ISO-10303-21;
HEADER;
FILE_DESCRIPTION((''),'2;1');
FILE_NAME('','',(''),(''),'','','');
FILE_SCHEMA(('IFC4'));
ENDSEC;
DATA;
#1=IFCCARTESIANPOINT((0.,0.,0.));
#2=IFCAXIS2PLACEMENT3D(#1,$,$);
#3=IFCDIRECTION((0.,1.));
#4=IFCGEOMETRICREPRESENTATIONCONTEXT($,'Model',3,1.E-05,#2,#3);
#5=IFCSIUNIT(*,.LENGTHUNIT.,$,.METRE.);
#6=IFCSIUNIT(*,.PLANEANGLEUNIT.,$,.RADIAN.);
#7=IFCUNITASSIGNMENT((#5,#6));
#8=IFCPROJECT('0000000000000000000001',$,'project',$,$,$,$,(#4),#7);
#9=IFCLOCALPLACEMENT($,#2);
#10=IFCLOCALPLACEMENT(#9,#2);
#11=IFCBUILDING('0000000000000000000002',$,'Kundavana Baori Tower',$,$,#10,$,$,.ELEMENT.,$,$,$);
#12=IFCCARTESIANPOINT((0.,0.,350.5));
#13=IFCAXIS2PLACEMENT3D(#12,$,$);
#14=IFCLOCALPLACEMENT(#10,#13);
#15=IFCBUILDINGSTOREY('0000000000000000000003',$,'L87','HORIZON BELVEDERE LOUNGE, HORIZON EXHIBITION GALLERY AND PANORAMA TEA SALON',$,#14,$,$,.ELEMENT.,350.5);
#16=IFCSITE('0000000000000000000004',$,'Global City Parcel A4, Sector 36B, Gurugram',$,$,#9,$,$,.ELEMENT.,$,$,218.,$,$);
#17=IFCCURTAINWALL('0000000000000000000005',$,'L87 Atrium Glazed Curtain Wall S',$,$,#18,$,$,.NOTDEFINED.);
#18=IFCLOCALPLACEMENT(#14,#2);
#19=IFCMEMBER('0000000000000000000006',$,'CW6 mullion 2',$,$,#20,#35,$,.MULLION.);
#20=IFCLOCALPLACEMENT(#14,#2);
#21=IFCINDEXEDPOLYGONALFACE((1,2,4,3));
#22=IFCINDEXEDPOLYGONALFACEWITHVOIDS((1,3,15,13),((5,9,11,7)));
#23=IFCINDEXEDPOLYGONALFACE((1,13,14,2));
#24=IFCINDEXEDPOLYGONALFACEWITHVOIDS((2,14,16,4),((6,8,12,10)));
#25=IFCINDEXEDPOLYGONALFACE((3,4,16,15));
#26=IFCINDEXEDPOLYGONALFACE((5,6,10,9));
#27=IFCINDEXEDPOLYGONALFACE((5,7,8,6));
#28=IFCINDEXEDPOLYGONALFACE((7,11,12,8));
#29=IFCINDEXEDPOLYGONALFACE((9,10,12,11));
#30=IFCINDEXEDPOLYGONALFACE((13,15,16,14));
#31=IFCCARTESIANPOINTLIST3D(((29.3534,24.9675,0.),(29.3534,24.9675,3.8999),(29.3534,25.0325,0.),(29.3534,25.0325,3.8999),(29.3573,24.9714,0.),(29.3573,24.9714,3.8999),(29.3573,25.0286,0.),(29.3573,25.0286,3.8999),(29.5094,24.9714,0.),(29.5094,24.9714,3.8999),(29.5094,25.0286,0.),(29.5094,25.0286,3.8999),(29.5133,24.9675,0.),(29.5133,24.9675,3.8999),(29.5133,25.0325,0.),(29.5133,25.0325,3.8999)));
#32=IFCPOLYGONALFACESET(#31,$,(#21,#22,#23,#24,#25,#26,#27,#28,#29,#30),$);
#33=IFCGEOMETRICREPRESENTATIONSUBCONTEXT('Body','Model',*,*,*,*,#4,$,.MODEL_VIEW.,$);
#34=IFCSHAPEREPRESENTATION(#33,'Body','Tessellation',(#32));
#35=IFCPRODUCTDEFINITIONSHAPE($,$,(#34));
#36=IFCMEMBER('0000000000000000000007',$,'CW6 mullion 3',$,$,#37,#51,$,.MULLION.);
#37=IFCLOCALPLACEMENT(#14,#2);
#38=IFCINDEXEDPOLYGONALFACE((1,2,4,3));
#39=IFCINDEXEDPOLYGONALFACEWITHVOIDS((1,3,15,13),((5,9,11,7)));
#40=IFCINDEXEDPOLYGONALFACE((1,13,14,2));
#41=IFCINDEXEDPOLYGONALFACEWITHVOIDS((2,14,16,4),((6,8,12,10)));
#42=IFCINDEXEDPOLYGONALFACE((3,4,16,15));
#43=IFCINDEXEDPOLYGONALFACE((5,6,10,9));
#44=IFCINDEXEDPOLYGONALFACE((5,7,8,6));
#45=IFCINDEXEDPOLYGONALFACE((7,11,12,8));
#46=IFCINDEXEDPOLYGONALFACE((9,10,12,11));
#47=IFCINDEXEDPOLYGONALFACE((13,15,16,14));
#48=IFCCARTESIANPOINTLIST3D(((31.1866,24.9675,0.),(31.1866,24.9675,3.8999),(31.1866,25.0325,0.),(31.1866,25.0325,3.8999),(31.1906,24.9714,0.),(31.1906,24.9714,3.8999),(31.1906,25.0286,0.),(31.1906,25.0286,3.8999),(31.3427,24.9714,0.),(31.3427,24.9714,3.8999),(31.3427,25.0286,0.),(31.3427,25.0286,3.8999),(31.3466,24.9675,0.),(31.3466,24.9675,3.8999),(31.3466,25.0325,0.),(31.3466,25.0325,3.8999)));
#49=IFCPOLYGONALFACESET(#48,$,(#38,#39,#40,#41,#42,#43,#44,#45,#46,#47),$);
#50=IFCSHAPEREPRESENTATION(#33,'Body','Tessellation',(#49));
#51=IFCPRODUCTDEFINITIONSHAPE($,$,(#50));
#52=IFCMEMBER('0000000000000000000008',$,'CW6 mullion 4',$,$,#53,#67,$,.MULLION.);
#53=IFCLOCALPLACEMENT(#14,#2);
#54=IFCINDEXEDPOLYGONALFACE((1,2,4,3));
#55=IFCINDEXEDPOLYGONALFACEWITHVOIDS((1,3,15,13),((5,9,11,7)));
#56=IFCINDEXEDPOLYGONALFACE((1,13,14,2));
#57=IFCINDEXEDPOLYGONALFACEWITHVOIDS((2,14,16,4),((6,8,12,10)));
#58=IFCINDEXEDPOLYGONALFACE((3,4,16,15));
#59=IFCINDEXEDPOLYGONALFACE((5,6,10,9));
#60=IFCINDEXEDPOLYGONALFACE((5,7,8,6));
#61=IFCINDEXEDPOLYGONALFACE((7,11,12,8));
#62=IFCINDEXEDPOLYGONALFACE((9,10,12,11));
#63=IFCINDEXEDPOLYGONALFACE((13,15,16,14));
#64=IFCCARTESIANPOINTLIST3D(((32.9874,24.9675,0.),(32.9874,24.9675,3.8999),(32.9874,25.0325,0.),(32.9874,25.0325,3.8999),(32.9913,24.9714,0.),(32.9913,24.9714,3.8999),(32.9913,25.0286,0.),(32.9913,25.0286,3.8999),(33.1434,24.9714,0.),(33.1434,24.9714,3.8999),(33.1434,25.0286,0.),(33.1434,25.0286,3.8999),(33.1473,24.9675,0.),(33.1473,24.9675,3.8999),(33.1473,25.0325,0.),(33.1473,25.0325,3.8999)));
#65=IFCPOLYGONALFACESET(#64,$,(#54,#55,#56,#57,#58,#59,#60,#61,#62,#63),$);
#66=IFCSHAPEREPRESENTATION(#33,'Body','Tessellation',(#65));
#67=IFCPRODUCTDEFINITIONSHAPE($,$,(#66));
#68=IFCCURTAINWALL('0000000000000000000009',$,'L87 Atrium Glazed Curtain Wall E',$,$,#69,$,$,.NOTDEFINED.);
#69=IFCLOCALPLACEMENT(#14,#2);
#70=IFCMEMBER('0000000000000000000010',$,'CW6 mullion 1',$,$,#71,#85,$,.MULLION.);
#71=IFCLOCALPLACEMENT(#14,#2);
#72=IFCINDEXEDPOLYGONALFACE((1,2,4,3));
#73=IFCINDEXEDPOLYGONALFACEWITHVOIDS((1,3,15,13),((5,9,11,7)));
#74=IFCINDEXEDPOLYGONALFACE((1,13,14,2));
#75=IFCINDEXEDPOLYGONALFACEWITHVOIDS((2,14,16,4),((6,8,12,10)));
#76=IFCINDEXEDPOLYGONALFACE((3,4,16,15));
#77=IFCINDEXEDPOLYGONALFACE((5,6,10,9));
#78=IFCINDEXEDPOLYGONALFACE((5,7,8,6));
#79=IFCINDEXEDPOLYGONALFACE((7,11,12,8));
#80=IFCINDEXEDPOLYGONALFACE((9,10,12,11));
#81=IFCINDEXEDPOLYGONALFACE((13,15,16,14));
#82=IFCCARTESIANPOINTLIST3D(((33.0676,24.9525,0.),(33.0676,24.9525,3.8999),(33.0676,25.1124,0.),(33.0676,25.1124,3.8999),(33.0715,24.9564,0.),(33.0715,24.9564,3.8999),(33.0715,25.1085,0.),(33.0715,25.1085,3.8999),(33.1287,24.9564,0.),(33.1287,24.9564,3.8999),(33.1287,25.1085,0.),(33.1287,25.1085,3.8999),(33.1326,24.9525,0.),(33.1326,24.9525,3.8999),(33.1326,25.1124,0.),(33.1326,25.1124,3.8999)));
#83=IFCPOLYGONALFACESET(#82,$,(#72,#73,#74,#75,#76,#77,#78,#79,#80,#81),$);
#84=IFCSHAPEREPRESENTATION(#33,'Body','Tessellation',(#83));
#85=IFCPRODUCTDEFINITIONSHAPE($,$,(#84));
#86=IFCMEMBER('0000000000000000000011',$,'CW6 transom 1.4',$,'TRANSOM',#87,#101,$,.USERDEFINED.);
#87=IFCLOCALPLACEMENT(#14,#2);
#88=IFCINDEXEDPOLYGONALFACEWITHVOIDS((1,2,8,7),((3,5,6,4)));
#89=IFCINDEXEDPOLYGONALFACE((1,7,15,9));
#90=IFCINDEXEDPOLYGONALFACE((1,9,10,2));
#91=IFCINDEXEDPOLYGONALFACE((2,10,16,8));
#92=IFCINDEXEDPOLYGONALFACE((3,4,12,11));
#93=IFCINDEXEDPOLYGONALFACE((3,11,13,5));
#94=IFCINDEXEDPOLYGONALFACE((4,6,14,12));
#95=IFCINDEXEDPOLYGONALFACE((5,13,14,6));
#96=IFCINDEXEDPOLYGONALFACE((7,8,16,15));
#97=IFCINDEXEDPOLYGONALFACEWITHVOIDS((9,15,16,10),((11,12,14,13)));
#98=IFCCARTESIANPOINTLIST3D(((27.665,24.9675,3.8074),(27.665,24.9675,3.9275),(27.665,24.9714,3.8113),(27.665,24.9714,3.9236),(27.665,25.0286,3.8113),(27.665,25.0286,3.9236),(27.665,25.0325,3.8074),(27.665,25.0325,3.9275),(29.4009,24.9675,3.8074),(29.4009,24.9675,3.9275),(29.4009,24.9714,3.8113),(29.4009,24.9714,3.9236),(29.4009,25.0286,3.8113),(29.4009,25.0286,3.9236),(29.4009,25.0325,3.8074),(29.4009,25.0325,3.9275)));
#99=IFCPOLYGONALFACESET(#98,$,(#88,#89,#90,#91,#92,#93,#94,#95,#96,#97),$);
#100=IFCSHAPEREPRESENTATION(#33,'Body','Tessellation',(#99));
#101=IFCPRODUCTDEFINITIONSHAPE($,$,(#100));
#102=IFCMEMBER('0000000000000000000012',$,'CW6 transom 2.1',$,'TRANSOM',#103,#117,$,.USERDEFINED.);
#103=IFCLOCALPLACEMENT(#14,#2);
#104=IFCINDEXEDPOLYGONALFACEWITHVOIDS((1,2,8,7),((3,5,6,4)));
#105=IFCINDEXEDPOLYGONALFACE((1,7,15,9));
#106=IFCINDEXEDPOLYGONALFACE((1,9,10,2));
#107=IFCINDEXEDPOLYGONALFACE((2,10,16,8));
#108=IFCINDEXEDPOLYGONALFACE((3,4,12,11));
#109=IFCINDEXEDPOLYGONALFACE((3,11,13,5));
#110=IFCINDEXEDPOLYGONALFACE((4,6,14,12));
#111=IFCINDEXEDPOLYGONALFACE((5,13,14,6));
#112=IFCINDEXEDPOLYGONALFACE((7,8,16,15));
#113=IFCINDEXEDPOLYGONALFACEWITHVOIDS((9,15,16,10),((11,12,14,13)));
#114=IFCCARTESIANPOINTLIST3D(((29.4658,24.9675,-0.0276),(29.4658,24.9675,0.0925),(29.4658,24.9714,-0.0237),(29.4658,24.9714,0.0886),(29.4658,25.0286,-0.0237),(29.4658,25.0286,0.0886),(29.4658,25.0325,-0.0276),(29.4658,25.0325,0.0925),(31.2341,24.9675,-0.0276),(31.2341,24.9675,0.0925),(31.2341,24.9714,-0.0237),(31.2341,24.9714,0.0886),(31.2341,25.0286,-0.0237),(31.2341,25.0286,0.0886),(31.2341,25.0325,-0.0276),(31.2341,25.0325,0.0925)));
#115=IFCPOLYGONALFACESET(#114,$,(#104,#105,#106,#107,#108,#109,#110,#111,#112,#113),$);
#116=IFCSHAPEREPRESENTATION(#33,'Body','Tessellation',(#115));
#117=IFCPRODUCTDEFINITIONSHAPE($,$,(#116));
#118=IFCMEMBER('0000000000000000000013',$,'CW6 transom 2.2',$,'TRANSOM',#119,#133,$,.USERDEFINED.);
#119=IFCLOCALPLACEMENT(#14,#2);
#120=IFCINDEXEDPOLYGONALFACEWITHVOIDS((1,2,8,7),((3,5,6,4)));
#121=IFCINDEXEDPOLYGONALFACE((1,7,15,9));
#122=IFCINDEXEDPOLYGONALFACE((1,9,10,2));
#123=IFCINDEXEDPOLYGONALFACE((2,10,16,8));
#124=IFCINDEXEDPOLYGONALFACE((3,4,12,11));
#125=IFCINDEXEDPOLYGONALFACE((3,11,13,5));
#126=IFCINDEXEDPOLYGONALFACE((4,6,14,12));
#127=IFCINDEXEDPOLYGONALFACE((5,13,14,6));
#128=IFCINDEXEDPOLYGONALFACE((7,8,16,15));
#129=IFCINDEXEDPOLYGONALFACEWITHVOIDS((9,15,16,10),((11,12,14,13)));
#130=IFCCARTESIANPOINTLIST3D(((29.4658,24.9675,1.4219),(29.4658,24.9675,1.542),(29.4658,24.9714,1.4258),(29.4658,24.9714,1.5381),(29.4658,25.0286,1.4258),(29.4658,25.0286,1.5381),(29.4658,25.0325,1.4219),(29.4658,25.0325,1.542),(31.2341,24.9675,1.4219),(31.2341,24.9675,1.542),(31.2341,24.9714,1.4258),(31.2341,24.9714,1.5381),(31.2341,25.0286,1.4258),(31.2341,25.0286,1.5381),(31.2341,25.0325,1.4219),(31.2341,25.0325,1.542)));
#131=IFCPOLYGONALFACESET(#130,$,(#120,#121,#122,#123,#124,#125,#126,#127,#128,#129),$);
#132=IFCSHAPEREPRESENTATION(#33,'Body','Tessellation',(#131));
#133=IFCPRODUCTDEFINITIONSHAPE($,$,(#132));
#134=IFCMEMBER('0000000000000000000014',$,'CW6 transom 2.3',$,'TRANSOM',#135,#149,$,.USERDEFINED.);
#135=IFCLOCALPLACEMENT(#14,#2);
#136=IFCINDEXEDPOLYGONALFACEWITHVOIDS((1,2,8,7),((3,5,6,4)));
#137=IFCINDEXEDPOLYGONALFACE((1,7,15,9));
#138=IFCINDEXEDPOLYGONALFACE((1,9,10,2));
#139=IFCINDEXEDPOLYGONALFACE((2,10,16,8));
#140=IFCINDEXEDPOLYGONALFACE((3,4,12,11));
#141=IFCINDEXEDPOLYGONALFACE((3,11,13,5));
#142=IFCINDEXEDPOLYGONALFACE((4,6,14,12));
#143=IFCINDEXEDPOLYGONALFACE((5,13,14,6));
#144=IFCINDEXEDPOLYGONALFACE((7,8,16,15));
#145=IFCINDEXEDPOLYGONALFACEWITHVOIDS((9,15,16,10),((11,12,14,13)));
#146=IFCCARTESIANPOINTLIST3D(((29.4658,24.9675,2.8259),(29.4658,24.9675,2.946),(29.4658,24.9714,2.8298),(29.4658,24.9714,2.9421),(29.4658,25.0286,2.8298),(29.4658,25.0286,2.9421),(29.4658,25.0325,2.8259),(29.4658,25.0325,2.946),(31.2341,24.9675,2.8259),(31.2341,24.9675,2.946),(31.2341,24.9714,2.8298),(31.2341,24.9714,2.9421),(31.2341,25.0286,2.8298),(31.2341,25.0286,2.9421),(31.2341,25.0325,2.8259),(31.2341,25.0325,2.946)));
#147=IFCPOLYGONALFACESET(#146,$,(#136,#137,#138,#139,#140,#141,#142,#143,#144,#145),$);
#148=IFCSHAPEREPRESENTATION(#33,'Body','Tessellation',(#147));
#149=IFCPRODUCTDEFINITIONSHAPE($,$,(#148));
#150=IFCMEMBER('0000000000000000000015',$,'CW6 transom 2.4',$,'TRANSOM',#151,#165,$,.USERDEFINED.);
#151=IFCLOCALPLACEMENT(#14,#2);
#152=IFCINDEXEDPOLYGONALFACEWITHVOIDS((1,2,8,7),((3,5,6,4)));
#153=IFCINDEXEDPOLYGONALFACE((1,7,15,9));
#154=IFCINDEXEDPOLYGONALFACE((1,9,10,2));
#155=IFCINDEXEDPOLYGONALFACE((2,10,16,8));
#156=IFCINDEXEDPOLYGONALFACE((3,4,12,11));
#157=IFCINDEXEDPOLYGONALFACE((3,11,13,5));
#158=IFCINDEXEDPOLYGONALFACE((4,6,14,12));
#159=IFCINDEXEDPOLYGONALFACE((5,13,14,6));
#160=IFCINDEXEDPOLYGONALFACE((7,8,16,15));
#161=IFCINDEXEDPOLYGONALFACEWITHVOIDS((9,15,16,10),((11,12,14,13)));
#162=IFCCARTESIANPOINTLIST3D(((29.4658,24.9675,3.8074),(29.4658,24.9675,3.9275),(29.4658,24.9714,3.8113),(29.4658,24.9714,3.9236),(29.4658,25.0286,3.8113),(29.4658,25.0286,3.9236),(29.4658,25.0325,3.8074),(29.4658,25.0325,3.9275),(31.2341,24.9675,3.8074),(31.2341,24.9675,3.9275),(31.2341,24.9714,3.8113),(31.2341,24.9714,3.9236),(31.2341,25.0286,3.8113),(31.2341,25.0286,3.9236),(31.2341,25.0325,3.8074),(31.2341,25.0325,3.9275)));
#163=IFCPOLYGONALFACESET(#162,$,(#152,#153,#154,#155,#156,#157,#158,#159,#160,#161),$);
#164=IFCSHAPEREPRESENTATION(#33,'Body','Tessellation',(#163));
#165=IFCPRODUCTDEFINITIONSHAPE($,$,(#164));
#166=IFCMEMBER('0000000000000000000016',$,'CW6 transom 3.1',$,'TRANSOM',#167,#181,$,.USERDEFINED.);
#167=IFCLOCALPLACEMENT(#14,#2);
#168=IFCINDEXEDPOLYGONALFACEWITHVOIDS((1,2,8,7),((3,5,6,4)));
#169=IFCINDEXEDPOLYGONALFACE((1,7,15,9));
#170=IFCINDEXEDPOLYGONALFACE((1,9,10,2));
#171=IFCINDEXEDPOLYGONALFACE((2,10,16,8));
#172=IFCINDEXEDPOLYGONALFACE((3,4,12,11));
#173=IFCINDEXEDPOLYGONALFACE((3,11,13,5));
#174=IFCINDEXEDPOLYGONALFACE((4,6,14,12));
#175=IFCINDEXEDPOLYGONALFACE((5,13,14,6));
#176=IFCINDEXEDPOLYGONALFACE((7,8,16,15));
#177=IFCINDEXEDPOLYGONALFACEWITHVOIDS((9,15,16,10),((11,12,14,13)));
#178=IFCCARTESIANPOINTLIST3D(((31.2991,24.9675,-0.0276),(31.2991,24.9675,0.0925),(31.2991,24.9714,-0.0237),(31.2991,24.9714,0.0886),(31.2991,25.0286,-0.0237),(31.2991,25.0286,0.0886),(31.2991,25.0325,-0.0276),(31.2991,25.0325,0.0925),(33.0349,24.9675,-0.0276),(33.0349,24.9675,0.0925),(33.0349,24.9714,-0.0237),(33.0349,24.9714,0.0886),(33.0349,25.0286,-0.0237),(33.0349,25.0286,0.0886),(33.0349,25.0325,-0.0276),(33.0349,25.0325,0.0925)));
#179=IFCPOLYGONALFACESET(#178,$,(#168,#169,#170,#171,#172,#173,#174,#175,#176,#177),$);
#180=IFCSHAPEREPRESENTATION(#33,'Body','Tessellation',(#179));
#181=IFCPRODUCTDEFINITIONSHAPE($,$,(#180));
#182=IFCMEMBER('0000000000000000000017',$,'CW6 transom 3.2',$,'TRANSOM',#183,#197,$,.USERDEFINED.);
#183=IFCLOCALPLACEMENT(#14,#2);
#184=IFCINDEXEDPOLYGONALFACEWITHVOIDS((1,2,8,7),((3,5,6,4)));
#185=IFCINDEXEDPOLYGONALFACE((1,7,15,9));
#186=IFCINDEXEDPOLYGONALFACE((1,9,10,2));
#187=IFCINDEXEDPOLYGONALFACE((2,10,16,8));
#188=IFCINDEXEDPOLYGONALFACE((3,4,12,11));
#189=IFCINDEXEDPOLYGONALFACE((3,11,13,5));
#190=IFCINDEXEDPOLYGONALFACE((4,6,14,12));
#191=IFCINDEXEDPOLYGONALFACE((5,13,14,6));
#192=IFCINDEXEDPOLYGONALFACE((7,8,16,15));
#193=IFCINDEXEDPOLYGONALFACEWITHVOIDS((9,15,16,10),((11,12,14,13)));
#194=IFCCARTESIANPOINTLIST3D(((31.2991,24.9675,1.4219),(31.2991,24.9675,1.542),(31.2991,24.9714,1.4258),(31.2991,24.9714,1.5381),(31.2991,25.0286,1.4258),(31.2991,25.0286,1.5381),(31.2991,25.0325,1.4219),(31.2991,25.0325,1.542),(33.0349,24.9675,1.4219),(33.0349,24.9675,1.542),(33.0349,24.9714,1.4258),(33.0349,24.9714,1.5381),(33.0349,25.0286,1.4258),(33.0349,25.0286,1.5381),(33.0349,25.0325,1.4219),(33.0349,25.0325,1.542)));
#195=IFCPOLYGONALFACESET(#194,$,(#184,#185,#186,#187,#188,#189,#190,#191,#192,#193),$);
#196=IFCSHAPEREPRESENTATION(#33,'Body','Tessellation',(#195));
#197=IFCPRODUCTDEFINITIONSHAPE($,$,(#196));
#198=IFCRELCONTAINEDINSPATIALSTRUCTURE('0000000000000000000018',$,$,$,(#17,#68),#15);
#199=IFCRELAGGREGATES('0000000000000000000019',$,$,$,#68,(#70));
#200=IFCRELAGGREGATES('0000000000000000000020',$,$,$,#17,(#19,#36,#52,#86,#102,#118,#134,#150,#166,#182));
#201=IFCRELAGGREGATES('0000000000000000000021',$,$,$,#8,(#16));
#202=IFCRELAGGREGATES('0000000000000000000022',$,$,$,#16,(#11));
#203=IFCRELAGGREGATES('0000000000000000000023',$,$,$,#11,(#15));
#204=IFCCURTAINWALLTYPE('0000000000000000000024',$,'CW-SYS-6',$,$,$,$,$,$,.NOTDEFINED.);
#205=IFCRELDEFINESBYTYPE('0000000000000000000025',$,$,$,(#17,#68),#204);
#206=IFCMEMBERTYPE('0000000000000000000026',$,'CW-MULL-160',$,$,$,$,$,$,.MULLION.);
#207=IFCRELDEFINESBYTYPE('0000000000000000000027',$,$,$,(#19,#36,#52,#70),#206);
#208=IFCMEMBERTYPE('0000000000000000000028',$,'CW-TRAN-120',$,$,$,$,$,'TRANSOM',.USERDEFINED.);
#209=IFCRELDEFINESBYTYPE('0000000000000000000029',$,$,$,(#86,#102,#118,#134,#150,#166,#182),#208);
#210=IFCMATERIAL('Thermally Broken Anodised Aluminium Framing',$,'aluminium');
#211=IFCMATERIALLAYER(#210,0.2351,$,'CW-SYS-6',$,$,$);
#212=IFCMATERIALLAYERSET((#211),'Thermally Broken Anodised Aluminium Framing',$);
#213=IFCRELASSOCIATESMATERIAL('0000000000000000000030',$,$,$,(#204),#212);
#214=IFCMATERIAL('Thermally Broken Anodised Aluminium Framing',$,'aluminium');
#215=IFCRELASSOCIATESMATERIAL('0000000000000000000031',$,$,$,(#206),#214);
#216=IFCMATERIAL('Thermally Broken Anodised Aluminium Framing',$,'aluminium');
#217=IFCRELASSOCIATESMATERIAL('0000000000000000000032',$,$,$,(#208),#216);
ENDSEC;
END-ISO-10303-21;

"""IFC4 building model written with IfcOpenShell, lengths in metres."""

from ifc_helpers import new_model, si_unit, direction, frame, origin, origin_2d, place, context, subcontext, project, spatial, hollow_rectangle, extrude, material, layer, layer_set, material_profile, profile_set, type_object, element, aggregate, save


model = new_model("IFC4")

# Units and contexts
model_context = context("Model", 3, precision=1e-05, world=origin(), true_north=direction((0.0, 1.0)))
body_context = subcontext(model_context, "Body", "Model", "MODEL_VIEW")
ifc_project = project(units=[si_unit("LENGTHUNIT", "METRE"), si_unit("PLANEANGLEUNIT", "RADIAN")], contexts=[model_context])

# Site, building, storey
site_placement = place(None, origin())
site = spatial("IfcSite", under=ifc_project, at=site_placement, Name="Global City Parcel A4, Sector 36B, Gurugram", CompositionType="ELEMENT", RefElevation=218.0)
building_placement = place(site_placement, origin())
building = spatial("IfcBuilding", under=site, at=building_placement, Name="Kundavana Baori Tower", CompositionType="ELEMENT")
storey_placement = place(building_placement, frame((0.0, 0.0, 350.5)))
storey = spatial("IfcBuildingStorey", under=building, at=storey_placement, Name="L87", Description="HORIZON BELVEDERE LOUNGE, HORIZON EXHIBITION GALLERY AND PANORAMA TEA SALON", CompositionType="ELEMENT", Elevation=350.5)

# Curtain wall, members
ifc_material_1 = material(Name="Thermally Broken Anodised Aluminium Framing", Category="aluminium")
ifc_layer_1 = layer(ifc_material_1, 0.2351, Name="CW-SYS-6")
ifc_layer_set_1 = layer_set([ifc_layer_1], Name="Thermally Broken Anodised Aluminium Framing")
curtain_wall_type = type_object("IfcCurtainWallType", Name="CW-SYS-6", PredefinedType="NOTDEFINED", material=ifc_layer_set_1)
curtain_wall_1_placement = place(storey_placement, origin())
curtain_wall_1 = element("IfcCurtainWall", 1, at=curtain_wall_1_placement, inside=storey, type_object=curtain_wall_type, Name="L87 Atrium Glazed Curtain Wall S", PredefinedType="NOTDEFINED")
ifc_material_2 = material(Name="Thermally Broken Anodised Aluminium Framing", Category="aluminium")
ifc_material_profile_1 = material_profile(ifc_material_2, hollow_rectangle(XDim=0.0649, YDim=0.1599, WallThickness=0.0039, at=origin_2d()), Name="CW-MULL-160")
ifc_profile_set_1 = profile_set([ifc_material_profile_1], Name="Thermally Broken Anodised Aluminium Framing")
member_type_1 = type_object("IfcMemberType", Name="CW-MULL-160", PredefinedType="MULLION", material=ifc_profile_set_1)
member_1_placement = place(storey_placement, frame((29.4333, 25.0, 0.0), z_axis=(0.0, 0.0, 1.0), x_axis=(0.0, 1.0, 0.0)))
member_1 = element("IfcMember", 2, at=member_1_placement, type_object=member_type_1, Name="CW6 mullion 2", PredefinedType="MULLION", context=body_context, shape_type="SweptSolid", body=[
    extrude(hollow_rectangle(XDim=0.0649, YDim=0.1599, WallThickness=0.0039, at=origin_2d()), origin(), (0.0, 0.0, 1.0), 3.8999),
])
member_2_placement = place(storey_placement, frame((31.2666, 25.0, 0.0), z_axis=(0.0, 0.0, 1.0), x_axis=(0.0, 1.0, 0.0)))
member_2 = element("IfcMember", 3, at=member_2_placement, type_object=member_type_1, Name="CW6 mullion 3", PredefinedType="MULLION", context=body_context, shape_type="SweptSolid", body=[
    extrude(hollow_rectangle(XDim=0.0649, YDim=0.1599, WallThickness=0.0039, at=origin_2d()), origin(), (0.0, 0.0, 1.0), 3.8999),
])
member_3_placement = place(storey_placement, frame((33.0674, 25.0, 0.0), z_axis=(0.0, 0.0, 1.0), x_axis=(0.0, 1.0, 0.0)))
member_3 = element("IfcMember", 4, at=member_3_placement, type_object=member_type_1, Name="CW6 mullion 4", PredefinedType="MULLION", context=body_context, shape_type="SweptSolid", body=[
    extrude(hollow_rectangle(XDim=0.0649, YDim=0.1599, WallThickness=0.0039, at=origin_2d()), origin(), (0.0, 0.0, 1.0), 3.8999),
])

# Curtain wall, member
curtain_wall_2_placement = place(storey_placement, origin())
curtain_wall_2 = element("IfcCurtainWall", 5, at=curtain_wall_2_placement, inside=storey, type_object=curtain_wall_type, Name="L87 Atrium Glazed Curtain Wall E", PredefinedType="NOTDEFINED")
member_4_placement = place(storey_placement, frame((33.1001, 25.0325, 0.0), z_axis=(0.0, 0.0, 1.0), x_axis=(-1.0, 0.0, 0.0)))
member_4 = element("IfcMember", 6, at=member_4_placement, type_object=member_type_1, Name="CW6 mullion 1", PredefinedType="MULLION", context=body_context, shape_type="SweptSolid", body=[
    extrude(hollow_rectangle(XDim=0.0649, YDim=0.1599, WallThickness=0.0039, at=origin_2d()), origin(), (0.0, 0.0, 1.0), 3.8999),
])

# Members
ifc_material_3 = material(Name="Thermally Broken Anodised Aluminium Framing", Category="aluminium")
ifc_material_profile_2 = material_profile(ifc_material_3, hollow_rectangle(XDim=0.0649, YDim=0.1201, WallThickness=0.0039, at=origin_2d()), Name="CW-TRAN-120")
ifc_profile_set_2 = profile_set([ifc_material_profile_2], Name="Thermally Broken Anodised Aluminium Framing")
member_type_2 = type_object("IfcMemberType", Name="CW-TRAN-120", ElementType="TRANSOM", PredefinedType="USERDEFINED", material=ifc_profile_set_2)
member_5_placement = place(storey_placement, frame((27.665, 25.0, 3.8674), z_axis=(1.0, 0.0, 0.0), x_axis=(0.0, 1.0, 0.0)))
member_5 = element("IfcMember", 7, at=member_5_placement, type_object=member_type_2, Name="CW6 transom 1.4", ObjectType="TRANSOM", PredefinedType="USERDEFINED", context=body_context, shape_type="SweptSolid", body=[
    extrude(hollow_rectangle(XDim=0.0649, YDim=0.1201, WallThickness=0.0039, at=origin_2d()), origin(), (0.0, 0.0, 1.0), 1.7358),
])
member_6_placement = place(storey_placement, frame((29.4658, 25.0, 0.0325), z_axis=(1.0, 0.0, 0.0), x_axis=(0.0, 1.0, 0.0)))
member_6 = element("IfcMember", 8, at=member_6_placement, type_object=member_type_2, Name="CW6 transom 2.1", ObjectType="TRANSOM", PredefinedType="USERDEFINED", context=body_context, shape_type="SweptSolid", body=[
    extrude(hollow_rectangle(XDim=0.0649, YDim=0.1201, WallThickness=0.0039, at=origin_2d()), origin(), (0.0, 0.0, 1.0), 1.7683),
])
member_7_placement = place(storey_placement, frame((29.4658, 25.0, 1.4819), z_axis=(1.0, 0.0, 0.0), x_axis=(0.0, 1.0, 0.0)))
member_7 = element("IfcMember", 9, at=member_7_placement, type_object=member_type_2, Name="CW6 transom 2.2", ObjectType="TRANSOM", PredefinedType="USERDEFINED", context=body_context, shape_type="SweptSolid", body=[
    extrude(hollow_rectangle(XDim=0.0649, YDim=0.1201, WallThickness=0.0039, at=origin_2d()), origin(), (0.0, 0.0, 1.0), 1.7683),
])
member_8_placement = place(storey_placement, frame((29.4658, 25.0, 2.886), z_axis=(1.0, 0.0, 0.0), x_axis=(0.0, 1.0, 0.0)))
member_8 = element("IfcMember", 10, at=member_8_placement, type_object=member_type_2, Name="CW6 transom 2.3", ObjectType="TRANSOM", PredefinedType="USERDEFINED", context=body_context, shape_type="SweptSolid", body=[
    extrude(hollow_rectangle(XDim=0.0649, YDim=0.1201, WallThickness=0.0039, at=origin_2d()), origin(), (0.0, 0.0, 1.0), 1.7683),
])
member_9_placement = place(storey_placement, frame((29.4658, 25.0, 3.8674), z_axis=(1.0, 0.0, 0.0), x_axis=(0.0, 1.0, 0.0)))
member_9 = element("IfcMember", 11, at=member_9_placement, type_object=member_type_2, Name="CW6 transom 2.4", ObjectType="TRANSOM", PredefinedType="USERDEFINED", context=body_context, shape_type="SweptSolid", body=[
    extrude(hollow_rectangle(XDim=0.0649, YDim=0.1201, WallThickness=0.0039, at=origin_2d()), origin(), (0.0, 0.0, 1.0), 1.7683),
])
member_10_placement = place(storey_placement, frame((31.2991, 25.0, 0.0325), z_axis=(1.0, 0.0, 0.0), x_axis=(0.0, 1.0, 0.0)))
member_10 = element("IfcMember", 12, at=member_10_placement, type_object=member_type_2, Name="CW6 transom 3.1", ObjectType="TRANSOM", PredefinedType="USERDEFINED", context=body_context, shape_type="SweptSolid", body=[
    extrude(hollow_rectangle(XDim=0.0649, YDim=0.1201, WallThickness=0.0039, at=origin_2d()), origin(), (0.0, 0.0, 1.0), 1.7358),
])
member_11_placement = place(storey_placement, frame((31.2991, 25.0, 1.4819), z_axis=(1.0, 0.0, 0.0), x_axis=(0.0, 1.0, 0.0)))
member_11 = element("IfcMember", 13, at=member_11_placement, type_object=member_type_2, Name="CW6 transom 3.2", ObjectType="TRANSOM", PredefinedType="USERDEFINED", context=body_context, shape_type="SweptSolid", body=[
    extrude(hollow_rectangle(XDim=0.0649, YDim=0.1201, WallThickness=0.0039, at=origin_2d()), origin(), (0.0, 0.0, 1.0), 1.7358),
])
aggregate(curtain_wall_2, [member_4])

aggregate(curtain_wall_1, [member_1, member_2, member_3, member_5, member_6, member_7, member_8, member_9, member_10, member_11])

save(model, "model.ifc")
